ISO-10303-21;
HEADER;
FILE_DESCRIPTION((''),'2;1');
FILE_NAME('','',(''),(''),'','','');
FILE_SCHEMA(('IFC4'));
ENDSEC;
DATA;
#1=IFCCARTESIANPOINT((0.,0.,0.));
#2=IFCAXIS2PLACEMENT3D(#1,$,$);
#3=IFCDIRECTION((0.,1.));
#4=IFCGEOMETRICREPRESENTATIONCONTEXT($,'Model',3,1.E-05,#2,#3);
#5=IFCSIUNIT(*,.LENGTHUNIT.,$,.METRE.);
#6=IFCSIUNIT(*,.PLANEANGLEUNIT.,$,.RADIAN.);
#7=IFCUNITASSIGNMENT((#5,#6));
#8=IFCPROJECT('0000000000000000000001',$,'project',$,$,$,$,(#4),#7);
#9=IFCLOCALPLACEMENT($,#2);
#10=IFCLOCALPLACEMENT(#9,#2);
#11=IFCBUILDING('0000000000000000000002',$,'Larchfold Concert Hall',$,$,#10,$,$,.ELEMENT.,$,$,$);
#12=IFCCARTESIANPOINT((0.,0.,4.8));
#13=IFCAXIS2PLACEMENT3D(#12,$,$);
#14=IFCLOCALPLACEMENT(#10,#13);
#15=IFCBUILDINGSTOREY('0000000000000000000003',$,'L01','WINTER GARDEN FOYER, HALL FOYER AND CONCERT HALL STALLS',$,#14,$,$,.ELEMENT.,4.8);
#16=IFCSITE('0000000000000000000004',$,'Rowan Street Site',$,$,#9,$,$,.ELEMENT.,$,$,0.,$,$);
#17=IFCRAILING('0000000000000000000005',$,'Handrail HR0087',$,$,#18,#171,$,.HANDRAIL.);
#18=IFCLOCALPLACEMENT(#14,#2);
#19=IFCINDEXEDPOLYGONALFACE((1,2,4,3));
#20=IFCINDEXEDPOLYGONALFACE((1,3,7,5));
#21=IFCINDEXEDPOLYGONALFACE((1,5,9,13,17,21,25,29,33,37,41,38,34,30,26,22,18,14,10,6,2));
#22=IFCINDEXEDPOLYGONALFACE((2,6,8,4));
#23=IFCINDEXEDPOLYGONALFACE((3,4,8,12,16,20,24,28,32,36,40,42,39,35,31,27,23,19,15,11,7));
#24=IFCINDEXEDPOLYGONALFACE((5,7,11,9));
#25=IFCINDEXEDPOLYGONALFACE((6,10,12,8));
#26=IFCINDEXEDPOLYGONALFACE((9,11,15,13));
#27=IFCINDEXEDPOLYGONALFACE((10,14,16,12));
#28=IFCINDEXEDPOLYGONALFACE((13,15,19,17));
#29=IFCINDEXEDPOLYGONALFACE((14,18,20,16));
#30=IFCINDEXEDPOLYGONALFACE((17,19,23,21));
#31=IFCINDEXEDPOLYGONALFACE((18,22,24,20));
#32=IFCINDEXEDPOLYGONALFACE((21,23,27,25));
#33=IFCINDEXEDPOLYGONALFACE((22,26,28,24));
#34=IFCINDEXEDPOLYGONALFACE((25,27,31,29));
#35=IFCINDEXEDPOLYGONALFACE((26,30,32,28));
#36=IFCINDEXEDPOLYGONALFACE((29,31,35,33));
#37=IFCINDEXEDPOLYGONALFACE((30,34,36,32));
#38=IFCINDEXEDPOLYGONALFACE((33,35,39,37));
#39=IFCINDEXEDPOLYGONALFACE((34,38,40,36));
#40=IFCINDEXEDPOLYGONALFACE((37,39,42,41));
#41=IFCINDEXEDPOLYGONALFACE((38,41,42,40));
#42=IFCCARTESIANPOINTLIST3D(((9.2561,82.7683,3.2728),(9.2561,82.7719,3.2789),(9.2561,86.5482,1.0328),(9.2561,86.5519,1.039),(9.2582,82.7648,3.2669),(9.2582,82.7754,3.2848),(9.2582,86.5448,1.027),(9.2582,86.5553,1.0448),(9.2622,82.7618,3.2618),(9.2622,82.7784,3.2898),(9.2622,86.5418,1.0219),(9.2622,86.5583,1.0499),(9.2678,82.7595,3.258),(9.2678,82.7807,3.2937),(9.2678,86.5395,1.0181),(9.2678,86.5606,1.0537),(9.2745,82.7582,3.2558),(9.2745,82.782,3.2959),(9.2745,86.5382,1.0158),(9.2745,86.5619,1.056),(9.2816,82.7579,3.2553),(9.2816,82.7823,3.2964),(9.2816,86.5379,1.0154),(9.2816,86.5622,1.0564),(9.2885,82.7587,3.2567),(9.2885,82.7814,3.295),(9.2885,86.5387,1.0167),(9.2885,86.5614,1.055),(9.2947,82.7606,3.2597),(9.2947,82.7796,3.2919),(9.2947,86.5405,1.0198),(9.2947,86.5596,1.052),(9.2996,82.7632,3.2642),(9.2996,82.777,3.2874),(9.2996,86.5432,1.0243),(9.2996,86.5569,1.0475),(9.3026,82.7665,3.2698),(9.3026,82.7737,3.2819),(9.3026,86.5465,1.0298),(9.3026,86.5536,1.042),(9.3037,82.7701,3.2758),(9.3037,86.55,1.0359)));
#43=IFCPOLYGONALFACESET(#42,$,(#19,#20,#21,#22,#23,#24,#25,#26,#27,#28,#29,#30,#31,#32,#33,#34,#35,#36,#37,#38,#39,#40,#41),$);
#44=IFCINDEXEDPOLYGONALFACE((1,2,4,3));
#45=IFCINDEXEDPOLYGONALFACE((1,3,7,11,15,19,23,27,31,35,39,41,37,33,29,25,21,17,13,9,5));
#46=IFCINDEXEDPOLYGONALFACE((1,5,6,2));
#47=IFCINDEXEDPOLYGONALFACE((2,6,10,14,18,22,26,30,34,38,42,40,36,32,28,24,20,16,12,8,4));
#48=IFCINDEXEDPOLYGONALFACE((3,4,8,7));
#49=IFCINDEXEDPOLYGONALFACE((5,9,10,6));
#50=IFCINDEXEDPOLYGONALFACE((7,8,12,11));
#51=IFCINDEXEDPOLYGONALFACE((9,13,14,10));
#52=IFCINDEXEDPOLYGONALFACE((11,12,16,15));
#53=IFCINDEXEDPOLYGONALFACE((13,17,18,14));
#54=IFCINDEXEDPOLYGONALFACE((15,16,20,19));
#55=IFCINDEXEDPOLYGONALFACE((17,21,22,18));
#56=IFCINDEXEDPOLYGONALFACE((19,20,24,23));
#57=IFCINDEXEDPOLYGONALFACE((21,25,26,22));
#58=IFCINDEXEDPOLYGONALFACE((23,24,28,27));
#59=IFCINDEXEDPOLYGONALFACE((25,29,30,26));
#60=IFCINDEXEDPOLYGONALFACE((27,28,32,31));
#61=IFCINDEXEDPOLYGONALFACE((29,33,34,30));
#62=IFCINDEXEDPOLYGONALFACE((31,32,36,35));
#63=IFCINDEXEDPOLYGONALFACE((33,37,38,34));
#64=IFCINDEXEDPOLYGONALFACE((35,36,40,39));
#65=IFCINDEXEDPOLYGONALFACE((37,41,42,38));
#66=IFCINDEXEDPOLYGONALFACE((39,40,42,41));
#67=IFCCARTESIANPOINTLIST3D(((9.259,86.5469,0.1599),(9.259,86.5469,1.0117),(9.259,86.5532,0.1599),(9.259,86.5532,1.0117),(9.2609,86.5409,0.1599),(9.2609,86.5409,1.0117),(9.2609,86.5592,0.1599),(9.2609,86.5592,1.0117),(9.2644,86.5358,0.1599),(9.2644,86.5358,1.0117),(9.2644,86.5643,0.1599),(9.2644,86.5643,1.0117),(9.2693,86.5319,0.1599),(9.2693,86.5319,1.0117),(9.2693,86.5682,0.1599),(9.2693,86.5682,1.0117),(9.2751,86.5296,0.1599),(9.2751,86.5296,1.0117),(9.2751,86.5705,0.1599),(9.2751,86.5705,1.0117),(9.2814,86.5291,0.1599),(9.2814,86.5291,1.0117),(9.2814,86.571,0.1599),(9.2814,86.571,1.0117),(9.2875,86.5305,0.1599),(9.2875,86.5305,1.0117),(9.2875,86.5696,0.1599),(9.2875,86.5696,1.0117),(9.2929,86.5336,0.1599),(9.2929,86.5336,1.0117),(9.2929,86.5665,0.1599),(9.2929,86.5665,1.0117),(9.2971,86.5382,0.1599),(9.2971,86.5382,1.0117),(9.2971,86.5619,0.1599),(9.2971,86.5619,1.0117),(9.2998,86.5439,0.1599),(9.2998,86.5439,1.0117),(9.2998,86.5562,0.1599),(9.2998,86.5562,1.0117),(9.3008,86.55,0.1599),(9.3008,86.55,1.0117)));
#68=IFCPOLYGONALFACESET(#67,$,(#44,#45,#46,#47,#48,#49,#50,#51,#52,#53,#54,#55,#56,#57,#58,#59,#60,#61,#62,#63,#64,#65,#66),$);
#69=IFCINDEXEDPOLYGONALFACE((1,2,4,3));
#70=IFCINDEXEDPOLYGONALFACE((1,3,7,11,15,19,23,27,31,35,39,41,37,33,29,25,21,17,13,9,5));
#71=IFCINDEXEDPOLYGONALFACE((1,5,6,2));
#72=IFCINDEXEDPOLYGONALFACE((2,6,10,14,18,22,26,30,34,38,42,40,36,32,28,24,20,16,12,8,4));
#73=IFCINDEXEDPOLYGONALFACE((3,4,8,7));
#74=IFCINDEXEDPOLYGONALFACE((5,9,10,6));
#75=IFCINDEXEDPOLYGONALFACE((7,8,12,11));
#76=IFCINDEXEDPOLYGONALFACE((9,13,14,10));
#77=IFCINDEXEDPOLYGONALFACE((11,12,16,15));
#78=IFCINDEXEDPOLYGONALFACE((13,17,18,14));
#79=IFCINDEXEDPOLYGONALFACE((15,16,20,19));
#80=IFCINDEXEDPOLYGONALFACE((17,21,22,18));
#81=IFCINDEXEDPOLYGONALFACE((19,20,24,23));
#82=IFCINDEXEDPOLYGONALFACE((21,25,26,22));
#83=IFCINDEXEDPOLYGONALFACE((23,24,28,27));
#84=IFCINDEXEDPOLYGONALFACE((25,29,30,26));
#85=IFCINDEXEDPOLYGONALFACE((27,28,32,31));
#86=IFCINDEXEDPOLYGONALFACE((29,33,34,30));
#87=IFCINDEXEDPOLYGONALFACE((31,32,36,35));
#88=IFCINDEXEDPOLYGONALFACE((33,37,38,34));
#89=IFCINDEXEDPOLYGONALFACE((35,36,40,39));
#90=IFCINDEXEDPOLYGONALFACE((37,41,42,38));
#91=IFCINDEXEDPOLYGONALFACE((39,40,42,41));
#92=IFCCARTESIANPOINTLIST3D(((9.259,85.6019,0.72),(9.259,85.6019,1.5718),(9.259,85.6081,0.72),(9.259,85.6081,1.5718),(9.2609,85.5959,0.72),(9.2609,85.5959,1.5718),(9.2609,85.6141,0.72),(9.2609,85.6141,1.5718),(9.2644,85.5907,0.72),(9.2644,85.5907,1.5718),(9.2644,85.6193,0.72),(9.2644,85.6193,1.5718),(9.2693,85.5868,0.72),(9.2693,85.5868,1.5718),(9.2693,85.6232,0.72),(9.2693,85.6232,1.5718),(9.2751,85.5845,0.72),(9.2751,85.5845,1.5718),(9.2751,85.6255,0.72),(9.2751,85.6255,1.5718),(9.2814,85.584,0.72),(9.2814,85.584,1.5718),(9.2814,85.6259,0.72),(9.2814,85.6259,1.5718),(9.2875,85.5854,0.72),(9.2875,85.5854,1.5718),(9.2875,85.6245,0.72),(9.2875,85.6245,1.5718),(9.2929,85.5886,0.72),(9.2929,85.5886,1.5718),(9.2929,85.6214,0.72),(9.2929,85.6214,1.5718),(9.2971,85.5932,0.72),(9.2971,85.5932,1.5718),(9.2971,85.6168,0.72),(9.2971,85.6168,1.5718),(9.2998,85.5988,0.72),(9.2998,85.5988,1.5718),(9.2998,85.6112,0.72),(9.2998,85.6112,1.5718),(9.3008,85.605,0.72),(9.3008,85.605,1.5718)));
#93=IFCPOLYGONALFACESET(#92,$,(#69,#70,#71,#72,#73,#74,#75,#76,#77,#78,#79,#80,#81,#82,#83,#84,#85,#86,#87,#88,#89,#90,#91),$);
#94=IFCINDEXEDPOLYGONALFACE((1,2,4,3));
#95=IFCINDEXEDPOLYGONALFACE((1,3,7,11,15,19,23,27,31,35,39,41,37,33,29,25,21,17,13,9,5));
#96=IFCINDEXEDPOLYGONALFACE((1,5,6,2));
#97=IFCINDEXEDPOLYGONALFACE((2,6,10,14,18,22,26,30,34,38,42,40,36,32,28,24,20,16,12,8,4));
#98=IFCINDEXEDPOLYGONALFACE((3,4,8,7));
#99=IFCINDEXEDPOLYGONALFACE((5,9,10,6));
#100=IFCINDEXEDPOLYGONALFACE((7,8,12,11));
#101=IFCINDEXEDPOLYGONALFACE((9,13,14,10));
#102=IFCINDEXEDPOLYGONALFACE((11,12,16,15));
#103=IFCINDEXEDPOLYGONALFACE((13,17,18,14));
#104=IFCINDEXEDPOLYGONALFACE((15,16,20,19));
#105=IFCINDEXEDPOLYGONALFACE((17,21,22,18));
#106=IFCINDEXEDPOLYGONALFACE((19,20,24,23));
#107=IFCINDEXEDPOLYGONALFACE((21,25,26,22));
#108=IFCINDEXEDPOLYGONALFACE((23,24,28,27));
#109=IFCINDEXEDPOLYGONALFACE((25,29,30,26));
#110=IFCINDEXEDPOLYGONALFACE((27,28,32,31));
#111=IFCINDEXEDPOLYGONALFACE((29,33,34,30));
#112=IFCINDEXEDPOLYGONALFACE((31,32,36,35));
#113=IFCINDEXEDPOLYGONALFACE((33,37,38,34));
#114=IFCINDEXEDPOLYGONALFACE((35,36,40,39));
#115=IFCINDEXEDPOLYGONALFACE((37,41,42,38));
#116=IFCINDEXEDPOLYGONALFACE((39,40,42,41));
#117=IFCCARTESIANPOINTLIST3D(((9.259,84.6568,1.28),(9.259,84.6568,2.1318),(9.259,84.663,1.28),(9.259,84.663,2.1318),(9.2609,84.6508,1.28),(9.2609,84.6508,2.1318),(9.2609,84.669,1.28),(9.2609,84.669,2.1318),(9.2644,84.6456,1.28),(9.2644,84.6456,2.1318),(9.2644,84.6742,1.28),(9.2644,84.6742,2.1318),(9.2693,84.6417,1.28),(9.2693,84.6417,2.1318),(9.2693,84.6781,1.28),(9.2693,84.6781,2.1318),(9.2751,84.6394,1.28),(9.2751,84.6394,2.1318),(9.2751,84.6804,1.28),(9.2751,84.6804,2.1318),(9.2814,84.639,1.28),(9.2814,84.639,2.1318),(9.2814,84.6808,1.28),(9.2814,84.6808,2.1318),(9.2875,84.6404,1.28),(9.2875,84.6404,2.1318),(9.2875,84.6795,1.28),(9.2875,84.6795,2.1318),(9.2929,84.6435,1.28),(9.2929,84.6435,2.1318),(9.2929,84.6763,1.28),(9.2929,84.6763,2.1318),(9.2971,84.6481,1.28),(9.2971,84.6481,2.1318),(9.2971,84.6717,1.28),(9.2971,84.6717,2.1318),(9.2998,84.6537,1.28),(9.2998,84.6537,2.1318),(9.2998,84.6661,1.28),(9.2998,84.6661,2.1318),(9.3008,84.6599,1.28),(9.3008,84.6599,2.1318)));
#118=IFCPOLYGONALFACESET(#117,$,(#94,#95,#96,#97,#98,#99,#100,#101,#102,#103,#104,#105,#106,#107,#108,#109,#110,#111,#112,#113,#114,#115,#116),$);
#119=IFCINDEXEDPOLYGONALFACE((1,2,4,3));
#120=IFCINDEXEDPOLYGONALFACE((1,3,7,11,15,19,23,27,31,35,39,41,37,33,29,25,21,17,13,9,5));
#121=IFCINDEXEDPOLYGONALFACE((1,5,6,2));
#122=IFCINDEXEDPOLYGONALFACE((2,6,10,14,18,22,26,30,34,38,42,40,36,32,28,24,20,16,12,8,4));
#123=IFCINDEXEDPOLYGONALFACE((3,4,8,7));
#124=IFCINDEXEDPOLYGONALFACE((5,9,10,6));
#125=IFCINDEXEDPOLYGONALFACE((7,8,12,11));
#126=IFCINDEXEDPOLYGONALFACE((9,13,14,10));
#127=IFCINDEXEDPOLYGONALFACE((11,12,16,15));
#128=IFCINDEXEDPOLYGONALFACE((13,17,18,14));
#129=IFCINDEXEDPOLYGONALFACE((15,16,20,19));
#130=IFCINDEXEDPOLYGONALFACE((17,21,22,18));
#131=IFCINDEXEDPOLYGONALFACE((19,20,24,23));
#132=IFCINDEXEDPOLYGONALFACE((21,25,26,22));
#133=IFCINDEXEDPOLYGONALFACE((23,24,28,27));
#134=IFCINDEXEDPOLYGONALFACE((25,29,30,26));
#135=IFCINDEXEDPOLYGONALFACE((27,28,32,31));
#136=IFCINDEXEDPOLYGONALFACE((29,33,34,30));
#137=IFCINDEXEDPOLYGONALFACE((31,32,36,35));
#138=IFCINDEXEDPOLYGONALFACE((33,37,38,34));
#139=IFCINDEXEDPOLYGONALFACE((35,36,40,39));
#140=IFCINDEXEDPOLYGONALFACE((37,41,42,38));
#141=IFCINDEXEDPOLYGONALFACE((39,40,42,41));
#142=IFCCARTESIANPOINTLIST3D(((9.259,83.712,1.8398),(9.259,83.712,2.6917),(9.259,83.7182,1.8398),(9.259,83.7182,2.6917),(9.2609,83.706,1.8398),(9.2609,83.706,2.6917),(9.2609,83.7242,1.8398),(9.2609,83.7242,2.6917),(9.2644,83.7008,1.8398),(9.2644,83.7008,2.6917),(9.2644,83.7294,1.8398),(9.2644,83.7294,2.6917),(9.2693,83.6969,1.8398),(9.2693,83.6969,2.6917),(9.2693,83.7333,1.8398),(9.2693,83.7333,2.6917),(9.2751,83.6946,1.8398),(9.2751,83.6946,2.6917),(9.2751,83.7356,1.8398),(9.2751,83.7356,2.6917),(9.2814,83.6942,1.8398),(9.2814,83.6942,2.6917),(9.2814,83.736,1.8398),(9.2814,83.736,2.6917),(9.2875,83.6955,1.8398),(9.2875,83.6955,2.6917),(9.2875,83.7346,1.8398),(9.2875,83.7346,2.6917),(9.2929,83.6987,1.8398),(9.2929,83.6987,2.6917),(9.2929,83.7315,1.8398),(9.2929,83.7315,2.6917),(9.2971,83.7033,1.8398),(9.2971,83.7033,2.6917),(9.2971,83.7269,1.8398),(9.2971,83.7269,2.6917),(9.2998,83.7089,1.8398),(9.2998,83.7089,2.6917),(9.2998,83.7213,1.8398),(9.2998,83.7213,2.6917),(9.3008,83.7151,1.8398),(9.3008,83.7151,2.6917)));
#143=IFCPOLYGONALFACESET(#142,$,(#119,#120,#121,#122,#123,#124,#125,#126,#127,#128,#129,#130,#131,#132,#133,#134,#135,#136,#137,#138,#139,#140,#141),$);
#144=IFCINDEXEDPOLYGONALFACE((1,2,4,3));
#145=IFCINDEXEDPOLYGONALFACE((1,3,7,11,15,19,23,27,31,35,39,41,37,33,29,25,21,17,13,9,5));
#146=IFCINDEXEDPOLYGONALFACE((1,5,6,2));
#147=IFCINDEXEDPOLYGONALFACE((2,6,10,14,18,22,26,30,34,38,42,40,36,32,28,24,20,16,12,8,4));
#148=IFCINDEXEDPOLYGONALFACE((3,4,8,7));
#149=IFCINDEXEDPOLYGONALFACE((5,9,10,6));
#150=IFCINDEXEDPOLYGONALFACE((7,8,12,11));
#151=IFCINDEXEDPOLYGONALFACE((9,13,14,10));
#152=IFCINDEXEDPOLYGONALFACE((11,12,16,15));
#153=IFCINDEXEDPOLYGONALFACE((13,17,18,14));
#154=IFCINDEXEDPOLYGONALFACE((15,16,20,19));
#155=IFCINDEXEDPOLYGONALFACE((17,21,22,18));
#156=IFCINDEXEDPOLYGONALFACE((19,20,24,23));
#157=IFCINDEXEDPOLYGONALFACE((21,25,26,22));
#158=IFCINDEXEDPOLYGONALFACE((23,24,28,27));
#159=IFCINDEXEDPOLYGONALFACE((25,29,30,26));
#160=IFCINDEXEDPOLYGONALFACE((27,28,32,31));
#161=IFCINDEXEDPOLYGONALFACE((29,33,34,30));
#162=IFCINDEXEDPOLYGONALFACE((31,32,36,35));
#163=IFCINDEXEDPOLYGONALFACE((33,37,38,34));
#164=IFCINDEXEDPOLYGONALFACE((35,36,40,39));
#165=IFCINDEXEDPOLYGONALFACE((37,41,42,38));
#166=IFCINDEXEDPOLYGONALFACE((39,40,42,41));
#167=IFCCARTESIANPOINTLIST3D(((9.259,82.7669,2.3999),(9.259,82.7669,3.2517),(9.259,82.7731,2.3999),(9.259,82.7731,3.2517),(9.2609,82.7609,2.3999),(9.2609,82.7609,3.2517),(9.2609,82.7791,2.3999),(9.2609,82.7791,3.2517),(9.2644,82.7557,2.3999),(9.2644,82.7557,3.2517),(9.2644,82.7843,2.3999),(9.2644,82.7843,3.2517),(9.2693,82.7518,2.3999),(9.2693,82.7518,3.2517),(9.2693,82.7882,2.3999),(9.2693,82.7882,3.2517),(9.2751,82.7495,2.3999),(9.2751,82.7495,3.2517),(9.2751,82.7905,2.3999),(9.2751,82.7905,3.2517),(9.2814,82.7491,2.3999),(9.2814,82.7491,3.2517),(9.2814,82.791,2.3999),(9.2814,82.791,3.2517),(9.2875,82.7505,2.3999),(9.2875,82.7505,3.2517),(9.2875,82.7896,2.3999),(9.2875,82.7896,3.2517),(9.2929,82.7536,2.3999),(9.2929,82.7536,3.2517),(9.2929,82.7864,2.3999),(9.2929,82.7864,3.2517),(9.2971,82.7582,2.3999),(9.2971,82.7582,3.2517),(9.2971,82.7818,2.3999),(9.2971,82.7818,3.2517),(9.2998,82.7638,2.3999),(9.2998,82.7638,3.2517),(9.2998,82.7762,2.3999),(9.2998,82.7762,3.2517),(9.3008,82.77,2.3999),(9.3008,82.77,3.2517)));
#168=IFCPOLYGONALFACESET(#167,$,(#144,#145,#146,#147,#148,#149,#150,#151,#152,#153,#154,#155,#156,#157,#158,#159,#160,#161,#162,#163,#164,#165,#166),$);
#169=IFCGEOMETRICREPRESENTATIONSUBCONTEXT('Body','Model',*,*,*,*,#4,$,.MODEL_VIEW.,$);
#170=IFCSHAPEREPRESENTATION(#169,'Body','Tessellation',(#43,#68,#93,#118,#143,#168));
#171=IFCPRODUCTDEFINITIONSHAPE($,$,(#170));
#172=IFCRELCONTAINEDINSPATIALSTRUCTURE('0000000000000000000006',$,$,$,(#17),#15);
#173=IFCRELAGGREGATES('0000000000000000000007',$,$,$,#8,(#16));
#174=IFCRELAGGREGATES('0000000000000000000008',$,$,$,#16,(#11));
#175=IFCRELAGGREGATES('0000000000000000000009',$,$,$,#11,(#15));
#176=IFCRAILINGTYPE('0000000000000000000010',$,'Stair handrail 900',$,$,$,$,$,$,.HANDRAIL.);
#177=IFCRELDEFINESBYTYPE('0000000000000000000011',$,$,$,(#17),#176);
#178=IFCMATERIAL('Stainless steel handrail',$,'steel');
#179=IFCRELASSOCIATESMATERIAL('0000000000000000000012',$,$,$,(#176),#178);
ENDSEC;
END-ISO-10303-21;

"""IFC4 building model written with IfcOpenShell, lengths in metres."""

from ifc_helpers import new_model, si_unit, direction, frame, origin, origin_2d, place, context, subcontext, project, spatial, circle, extrude, material, type_object, element, save


model = new_model("IFC4")

# Units and contexts
model_context = context("Model", 3, precision=1e-05, world=origin(), true_north=direction((0.0, 1.0)))
body_context = subcontext(model_context, "Body", "Model", "MODEL_VIEW")
ifc_project = project(units=[si_unit("LENGTHUNIT", "METRE"), si_unit("PLANEANGLEUNIT", "RADIAN")], contexts=[model_context])

# Site, building, storey
site_placement = place(None, origin())
site = spatial("IfcSite", under=ifc_project, at=site_placement, Name="Rowan Street Site", CompositionType="ELEMENT", RefElevation=0.0)
building_placement = place(site_placement, origin())
building = spatial("IfcBuilding", under=site, at=building_placement, Name="Larchfold Concert Hall", CompositionType="ELEMENT")
storey_placement = place(building_placement, frame((0.0, 0.0, 4.8)))
storey = spatial("IfcBuildingStorey", under=building, at=storey_placement, Name="L01", Description="WINTER GARDEN FOYER, HALL FOYER AND CONCERT HALL STALLS", CompositionType="ELEMENT", Elevation=4.8)

# Railing
ifc_material_1 = material(Name="Stainless steel handrail", Category="steel")
railing_type_1 = type_object("IfcRailingType", Name="Stair handrail 900", PredefinedType="HANDRAIL", material=ifc_material_1)
for number, where, name in (
    (1, (9.2798, 86.55, 0.1599), "Handrail HR0087"),
):
    element("IfcRailing", number, at=place(storey_placement, frame(where)), inside=storey, type_object=railing_type_1, Name=name, PredefinedType="HANDRAIL", context=body_context, shape_type="SweptSolid", body=[
        extrude(circle(Radius=0.0239, at=origin_2d()), frame((0.0, 0.0, 0.876), z_axis=(0.0, -0.860294, 0.509798), x_axis=(1.0, 0.0, 0.0)), (0.0, 0.0, 1.0), 4.3938),
        extrude(circle(Radius=0.021, at=origin_2d()), origin(), (0.0, 0.0, 1.0), 0.8518),
        extrude(circle(Radius=0.021, at=origin_2d()), frame((0.0, -0.9451, 0.5601)), (0.0, 0.0, 1.0), 0.8518),
        extrude(circle(Radius=0.021, at=origin_2d()), frame((0.0, -1.8901, 1.1201)), (0.0, 0.0, 1.0), 0.8518),
        extrude(circle(Radius=0.021, at=origin_2d()), frame((0.0, -2.835, 1.6799)), (0.0, 0.0, 1.0), 0.8518),
        extrude(circle(Radius=0.021, at=origin_2d()), frame((0.0, -3.78, 2.24)), (0.0, 0.0, 1.0), 0.8518),
    ])

save(model, "model.ifc")
